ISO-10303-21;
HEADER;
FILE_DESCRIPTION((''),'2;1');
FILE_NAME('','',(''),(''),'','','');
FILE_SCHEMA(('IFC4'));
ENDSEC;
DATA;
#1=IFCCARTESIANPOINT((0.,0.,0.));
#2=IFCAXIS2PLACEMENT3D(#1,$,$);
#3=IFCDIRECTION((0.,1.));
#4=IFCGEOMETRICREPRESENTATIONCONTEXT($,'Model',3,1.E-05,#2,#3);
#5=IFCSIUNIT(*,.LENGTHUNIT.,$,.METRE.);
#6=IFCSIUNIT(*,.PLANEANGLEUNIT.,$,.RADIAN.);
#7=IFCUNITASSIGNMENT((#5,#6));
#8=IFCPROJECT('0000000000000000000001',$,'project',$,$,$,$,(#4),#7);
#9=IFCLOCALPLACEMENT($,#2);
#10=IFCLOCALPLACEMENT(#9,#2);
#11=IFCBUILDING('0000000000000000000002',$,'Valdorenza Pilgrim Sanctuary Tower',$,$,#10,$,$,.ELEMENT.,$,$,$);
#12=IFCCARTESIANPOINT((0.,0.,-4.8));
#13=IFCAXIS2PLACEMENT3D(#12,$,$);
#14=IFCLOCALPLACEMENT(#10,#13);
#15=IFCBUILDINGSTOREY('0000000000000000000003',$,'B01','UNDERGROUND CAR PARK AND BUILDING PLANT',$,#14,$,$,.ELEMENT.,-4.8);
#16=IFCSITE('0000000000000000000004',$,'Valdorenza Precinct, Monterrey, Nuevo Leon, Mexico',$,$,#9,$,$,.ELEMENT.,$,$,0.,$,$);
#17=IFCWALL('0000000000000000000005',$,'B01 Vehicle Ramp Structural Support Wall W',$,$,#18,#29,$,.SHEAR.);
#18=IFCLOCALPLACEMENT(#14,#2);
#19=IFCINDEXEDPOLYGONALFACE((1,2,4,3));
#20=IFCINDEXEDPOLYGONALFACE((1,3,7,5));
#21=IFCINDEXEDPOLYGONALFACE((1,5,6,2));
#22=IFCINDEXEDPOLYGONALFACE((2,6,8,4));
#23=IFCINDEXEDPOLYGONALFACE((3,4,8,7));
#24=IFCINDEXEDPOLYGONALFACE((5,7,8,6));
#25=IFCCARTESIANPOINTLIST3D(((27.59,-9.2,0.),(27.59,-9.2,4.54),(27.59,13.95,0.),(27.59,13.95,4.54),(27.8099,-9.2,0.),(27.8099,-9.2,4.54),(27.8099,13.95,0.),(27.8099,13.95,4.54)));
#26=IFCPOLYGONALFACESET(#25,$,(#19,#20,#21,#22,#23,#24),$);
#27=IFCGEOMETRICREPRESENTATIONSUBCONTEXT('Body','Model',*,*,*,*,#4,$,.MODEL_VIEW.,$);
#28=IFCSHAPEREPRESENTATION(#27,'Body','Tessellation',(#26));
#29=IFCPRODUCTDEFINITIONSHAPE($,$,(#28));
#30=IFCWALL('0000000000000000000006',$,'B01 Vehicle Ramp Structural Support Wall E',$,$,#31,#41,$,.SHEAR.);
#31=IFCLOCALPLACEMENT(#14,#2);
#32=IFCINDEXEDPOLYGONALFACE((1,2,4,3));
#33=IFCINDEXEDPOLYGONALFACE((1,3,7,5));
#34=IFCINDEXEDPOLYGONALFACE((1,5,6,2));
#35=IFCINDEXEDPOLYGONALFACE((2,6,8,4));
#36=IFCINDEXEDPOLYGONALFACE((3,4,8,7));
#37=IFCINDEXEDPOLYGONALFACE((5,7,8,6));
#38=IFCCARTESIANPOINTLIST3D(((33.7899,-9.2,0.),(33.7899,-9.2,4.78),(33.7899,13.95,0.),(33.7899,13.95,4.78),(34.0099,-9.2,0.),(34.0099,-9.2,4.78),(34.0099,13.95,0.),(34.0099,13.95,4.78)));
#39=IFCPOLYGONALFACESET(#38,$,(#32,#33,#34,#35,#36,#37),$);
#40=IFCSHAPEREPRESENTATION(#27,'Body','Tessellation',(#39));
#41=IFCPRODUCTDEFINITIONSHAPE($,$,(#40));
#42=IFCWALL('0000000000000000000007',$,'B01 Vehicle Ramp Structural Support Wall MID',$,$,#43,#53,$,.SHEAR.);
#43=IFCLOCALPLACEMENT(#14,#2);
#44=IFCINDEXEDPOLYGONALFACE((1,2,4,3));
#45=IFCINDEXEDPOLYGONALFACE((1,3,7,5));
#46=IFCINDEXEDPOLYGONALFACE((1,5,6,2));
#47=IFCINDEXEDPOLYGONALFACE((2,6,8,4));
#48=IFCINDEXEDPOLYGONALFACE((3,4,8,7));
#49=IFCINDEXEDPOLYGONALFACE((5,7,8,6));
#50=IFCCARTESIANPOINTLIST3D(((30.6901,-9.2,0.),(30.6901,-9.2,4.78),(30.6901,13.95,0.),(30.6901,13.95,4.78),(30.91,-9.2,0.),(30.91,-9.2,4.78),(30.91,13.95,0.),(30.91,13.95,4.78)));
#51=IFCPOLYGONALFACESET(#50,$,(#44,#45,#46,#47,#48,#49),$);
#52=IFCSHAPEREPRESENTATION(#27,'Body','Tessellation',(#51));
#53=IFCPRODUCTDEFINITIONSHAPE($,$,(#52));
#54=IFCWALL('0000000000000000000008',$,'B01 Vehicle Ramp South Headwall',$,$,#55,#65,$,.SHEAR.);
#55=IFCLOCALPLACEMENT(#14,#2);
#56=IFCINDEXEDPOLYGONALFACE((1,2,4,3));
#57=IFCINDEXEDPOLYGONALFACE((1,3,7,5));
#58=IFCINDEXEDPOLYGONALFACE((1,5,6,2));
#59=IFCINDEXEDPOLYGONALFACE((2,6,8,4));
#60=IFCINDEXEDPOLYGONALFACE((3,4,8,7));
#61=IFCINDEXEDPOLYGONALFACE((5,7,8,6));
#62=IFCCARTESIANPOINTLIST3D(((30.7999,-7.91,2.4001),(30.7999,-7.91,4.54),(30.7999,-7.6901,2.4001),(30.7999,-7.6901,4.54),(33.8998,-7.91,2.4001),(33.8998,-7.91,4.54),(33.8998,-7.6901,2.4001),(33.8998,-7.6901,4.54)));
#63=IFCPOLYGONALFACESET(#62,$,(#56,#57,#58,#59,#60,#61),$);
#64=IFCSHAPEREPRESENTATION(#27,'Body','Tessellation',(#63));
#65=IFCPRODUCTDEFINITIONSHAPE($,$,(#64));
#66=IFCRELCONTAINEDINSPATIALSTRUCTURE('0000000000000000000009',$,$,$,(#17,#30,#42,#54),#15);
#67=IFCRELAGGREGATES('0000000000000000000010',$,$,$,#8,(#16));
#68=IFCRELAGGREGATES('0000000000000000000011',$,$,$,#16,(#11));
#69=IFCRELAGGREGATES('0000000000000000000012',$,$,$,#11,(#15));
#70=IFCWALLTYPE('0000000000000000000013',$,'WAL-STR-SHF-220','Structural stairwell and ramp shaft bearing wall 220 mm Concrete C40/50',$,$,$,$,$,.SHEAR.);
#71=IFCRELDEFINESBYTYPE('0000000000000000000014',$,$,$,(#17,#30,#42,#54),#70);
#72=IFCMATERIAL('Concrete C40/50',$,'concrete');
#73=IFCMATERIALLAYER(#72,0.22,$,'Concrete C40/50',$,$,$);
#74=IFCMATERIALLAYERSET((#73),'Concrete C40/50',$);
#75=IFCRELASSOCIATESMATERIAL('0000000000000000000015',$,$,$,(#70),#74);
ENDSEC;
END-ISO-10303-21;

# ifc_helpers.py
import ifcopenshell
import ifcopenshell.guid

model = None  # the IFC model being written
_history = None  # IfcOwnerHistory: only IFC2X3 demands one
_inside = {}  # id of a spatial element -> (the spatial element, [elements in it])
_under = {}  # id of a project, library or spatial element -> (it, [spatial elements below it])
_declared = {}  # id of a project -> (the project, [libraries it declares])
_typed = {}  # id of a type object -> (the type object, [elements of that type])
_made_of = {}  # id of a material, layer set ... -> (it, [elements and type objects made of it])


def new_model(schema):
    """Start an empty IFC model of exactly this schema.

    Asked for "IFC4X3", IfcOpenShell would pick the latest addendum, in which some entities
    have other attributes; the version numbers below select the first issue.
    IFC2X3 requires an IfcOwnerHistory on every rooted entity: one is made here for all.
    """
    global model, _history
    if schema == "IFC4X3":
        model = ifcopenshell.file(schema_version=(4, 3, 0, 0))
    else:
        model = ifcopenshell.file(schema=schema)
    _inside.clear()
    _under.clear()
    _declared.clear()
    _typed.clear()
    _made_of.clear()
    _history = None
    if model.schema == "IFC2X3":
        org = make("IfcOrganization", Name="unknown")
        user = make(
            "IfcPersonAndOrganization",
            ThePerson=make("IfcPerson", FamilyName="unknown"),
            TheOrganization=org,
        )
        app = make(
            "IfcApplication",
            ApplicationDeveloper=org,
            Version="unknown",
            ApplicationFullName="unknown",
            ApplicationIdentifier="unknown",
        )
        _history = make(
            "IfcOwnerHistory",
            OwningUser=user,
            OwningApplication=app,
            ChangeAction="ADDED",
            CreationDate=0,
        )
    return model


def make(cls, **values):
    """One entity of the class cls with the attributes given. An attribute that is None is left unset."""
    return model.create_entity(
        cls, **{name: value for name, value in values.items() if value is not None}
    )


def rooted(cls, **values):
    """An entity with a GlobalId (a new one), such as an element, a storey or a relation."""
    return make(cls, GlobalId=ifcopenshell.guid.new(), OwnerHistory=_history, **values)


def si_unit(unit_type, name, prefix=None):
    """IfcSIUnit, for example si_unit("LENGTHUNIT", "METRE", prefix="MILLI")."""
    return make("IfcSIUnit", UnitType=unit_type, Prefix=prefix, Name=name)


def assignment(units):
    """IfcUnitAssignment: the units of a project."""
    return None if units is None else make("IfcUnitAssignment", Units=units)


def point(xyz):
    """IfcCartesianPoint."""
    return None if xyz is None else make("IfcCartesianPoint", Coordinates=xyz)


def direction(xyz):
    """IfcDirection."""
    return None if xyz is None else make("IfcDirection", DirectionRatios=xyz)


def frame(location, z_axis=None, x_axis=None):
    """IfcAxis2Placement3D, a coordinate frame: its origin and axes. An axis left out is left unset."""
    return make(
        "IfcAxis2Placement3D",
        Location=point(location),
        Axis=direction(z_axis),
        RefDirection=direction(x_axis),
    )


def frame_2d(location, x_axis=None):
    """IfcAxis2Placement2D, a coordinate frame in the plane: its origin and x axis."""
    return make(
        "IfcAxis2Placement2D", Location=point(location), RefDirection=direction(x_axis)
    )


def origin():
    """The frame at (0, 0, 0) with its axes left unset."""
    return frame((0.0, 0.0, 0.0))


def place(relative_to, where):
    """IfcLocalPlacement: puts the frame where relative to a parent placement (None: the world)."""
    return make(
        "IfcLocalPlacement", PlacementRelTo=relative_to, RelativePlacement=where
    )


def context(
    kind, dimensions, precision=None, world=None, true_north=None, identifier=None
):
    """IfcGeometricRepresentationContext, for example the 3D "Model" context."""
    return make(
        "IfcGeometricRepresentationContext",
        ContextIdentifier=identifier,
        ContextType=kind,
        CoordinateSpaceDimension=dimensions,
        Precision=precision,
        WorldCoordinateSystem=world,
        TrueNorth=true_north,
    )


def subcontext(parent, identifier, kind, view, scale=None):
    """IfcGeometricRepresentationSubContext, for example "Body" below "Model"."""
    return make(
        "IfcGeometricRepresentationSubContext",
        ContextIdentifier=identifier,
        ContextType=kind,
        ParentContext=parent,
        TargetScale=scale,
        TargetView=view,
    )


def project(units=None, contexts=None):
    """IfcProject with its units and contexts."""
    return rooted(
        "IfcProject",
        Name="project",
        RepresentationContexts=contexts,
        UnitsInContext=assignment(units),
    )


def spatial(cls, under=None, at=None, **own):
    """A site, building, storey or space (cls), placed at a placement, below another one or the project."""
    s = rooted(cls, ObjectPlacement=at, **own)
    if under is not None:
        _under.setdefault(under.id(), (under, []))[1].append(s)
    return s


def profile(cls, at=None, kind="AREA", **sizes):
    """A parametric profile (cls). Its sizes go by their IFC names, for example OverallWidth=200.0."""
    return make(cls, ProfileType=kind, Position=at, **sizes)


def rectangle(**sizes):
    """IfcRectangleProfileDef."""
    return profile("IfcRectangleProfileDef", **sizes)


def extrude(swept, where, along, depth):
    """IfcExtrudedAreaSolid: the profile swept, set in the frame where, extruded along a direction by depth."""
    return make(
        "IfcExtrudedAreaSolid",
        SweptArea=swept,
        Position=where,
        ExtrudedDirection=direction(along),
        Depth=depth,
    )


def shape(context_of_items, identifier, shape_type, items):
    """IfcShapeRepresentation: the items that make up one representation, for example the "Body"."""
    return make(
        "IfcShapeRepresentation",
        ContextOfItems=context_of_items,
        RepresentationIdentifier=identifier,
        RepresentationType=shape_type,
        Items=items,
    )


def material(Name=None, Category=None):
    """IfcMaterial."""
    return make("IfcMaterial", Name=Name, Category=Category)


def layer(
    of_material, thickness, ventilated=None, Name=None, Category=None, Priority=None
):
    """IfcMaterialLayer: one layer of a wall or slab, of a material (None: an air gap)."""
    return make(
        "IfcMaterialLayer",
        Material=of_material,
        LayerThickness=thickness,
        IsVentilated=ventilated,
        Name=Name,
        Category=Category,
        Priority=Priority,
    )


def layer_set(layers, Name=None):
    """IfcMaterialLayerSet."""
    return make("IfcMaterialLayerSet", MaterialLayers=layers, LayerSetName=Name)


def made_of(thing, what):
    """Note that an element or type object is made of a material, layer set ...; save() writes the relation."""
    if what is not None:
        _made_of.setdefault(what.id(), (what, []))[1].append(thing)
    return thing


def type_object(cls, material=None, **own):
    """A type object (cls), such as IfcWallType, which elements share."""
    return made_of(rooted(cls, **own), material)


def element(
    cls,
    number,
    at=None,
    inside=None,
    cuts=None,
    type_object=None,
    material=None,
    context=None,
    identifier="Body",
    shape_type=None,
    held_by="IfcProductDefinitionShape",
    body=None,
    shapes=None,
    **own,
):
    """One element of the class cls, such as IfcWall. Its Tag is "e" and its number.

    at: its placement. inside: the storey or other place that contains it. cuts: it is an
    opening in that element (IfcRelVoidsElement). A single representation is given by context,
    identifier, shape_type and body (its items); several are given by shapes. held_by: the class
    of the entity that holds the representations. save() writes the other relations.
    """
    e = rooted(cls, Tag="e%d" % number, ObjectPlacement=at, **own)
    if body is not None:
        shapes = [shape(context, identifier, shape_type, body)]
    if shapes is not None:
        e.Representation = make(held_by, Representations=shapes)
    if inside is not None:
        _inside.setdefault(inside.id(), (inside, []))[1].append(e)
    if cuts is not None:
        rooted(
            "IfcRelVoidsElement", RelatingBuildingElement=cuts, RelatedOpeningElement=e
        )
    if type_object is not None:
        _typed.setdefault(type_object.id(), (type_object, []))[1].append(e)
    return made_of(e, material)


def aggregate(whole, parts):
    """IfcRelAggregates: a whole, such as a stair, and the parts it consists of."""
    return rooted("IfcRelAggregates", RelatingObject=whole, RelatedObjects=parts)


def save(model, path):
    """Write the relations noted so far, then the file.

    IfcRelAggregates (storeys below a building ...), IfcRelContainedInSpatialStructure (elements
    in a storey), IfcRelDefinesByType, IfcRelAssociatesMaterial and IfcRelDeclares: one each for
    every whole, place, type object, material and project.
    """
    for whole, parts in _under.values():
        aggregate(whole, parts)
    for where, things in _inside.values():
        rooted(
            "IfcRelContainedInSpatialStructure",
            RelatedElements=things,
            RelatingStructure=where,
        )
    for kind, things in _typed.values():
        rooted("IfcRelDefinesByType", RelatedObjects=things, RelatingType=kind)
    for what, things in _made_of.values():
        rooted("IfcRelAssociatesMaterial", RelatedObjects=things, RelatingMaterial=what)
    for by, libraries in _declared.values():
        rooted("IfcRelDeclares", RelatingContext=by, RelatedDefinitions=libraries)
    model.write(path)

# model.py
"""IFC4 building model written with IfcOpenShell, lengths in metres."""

from ifc_helpers import new_model, si_unit, direction, frame, frame_2d, origin, place, context, subcontext, project, spatial, rectangle, extrude, material, layer, layer_set, type_object, element, save


model = new_model("IFC4")

# Units and contexts
model_context = context("Model", 3, precision=1e-05, world=origin(), true_north=direction((0.0, 1.0)))
body_context = subcontext(model_context, "Body", "Model", "MODEL_VIEW")
ifc_project = project(units=[si_unit("LENGTHUNIT", "METRE"), si_unit("PLANEANGLEUNIT", "RADIAN")], contexts=[model_context])

# Site, building, storey
site_placement = place(None, origin())
site = spatial("IfcSite", under=ifc_project, at=site_placement, Name="Valdorenza Precinct, Monterrey, Nuevo Leon, Mexico", CompositionType="ELEMENT", RefElevation=0.0)
building_placement = place(site_placement, origin())
building = spatial("IfcBuilding", under=site, at=building_placement, Name="Valdorenza Pilgrim Sanctuary Tower", CompositionType="ELEMENT")
storey_placement = place(building_placement, frame((0.0, 0.0, -4.8)))
storey = spatial("IfcBuildingStorey", under=building, at=storey_placement, Name="B01", Description="UNDERGROUND CAR PARK AND BUILDING PLANT", CompositionType="ELEMENT", Elevation=-4.8)

# Shared definitions
ifc_material_1 = material(Name="Concrete C40/50", Category="concrete")

# Walls
ifc_layer_1 = layer(ifc_material_1, 0.22, Name="Concrete C40/50")
ifc_layer_set_1 = layer_set([ifc_layer_1], Name="Concrete C40/50")
wall_type_1 = type_object("IfcWallType", Name="WAL-STR-SHF-220", Description="Structural stairwell and ramp shaft bearing wall 220 mm Concrete C40/50", PredefinedType="SHEAR", material=ifc_layer_set_1)
wall_1_placement = place(storey_placement, frame((27.7, -9.2, 0.0), z_axis=(0.0, 0.0, 1.0), x_axis=(0.0, 1.0, 0.0)))
element("IfcWall", 1, at=wall_1_placement, inside=storey, type_object=wall_type_1, Name="B01 Vehicle Ramp Structural Support Wall W", PredefinedType="SHEAR", context=body_context, shape_type="SweptSolid", body=[
    extrude(rectangle(XDim=23.1499, YDim=0.22, at=frame_2d((11.575, 0.0))), origin(), (0.0, 0.0, 1.0), 4.54),
])
for number, where, z_axis, x_axis, name in (
    (2, (33.8999, -9.2, 0.0), (0.0, 0.0, 1.0), (0.0, 1.0, 0.0), "B01 Vehicle Ramp Structural Support Wall E"),
    (3, (30.8, -9.2, 0.0), (0.0, 0.0, 1.0), (0.0, 1.0, 0.0), "B01 Vehicle Ramp Structural Support Wall MID"),
):
    element("IfcWall", number, at=place(storey_placement, frame(where, z_axis=z_axis, x_axis=x_axis)), inside=storey, type_object=wall_type_1, Name=name, PredefinedType="SHEAR", context=body_context, shape_type="SweptSolid", body=[
        extrude(rectangle(XDim=23.1499, YDim=0.22, at=frame_2d((11.575, 0.0))), origin(), (0.0, 0.0, 1.0), 4.78),
    ])
wall_2_placement = place(storey_placement, frame((30.8, -7.8, 2.4001), z_axis=(0.0, 0.0, 1.0), x_axis=(1.0, 0.0, 0.0)))
element("IfcWall", 4, at=wall_2_placement, inside=storey, type_object=wall_type_1, Name="B01 Vehicle Ramp South Headwall", PredefinedType="SHEAR", context=body_context, shape_type="SweptSolid", body=[
    extrude(rectangle(XDim=3.0999, YDim=0.22, at=frame_2d((1.5498, 0.0))), origin(), (0.0, 0.0, 1.0), 2.1399),
])

save(model, "model.ifc")
